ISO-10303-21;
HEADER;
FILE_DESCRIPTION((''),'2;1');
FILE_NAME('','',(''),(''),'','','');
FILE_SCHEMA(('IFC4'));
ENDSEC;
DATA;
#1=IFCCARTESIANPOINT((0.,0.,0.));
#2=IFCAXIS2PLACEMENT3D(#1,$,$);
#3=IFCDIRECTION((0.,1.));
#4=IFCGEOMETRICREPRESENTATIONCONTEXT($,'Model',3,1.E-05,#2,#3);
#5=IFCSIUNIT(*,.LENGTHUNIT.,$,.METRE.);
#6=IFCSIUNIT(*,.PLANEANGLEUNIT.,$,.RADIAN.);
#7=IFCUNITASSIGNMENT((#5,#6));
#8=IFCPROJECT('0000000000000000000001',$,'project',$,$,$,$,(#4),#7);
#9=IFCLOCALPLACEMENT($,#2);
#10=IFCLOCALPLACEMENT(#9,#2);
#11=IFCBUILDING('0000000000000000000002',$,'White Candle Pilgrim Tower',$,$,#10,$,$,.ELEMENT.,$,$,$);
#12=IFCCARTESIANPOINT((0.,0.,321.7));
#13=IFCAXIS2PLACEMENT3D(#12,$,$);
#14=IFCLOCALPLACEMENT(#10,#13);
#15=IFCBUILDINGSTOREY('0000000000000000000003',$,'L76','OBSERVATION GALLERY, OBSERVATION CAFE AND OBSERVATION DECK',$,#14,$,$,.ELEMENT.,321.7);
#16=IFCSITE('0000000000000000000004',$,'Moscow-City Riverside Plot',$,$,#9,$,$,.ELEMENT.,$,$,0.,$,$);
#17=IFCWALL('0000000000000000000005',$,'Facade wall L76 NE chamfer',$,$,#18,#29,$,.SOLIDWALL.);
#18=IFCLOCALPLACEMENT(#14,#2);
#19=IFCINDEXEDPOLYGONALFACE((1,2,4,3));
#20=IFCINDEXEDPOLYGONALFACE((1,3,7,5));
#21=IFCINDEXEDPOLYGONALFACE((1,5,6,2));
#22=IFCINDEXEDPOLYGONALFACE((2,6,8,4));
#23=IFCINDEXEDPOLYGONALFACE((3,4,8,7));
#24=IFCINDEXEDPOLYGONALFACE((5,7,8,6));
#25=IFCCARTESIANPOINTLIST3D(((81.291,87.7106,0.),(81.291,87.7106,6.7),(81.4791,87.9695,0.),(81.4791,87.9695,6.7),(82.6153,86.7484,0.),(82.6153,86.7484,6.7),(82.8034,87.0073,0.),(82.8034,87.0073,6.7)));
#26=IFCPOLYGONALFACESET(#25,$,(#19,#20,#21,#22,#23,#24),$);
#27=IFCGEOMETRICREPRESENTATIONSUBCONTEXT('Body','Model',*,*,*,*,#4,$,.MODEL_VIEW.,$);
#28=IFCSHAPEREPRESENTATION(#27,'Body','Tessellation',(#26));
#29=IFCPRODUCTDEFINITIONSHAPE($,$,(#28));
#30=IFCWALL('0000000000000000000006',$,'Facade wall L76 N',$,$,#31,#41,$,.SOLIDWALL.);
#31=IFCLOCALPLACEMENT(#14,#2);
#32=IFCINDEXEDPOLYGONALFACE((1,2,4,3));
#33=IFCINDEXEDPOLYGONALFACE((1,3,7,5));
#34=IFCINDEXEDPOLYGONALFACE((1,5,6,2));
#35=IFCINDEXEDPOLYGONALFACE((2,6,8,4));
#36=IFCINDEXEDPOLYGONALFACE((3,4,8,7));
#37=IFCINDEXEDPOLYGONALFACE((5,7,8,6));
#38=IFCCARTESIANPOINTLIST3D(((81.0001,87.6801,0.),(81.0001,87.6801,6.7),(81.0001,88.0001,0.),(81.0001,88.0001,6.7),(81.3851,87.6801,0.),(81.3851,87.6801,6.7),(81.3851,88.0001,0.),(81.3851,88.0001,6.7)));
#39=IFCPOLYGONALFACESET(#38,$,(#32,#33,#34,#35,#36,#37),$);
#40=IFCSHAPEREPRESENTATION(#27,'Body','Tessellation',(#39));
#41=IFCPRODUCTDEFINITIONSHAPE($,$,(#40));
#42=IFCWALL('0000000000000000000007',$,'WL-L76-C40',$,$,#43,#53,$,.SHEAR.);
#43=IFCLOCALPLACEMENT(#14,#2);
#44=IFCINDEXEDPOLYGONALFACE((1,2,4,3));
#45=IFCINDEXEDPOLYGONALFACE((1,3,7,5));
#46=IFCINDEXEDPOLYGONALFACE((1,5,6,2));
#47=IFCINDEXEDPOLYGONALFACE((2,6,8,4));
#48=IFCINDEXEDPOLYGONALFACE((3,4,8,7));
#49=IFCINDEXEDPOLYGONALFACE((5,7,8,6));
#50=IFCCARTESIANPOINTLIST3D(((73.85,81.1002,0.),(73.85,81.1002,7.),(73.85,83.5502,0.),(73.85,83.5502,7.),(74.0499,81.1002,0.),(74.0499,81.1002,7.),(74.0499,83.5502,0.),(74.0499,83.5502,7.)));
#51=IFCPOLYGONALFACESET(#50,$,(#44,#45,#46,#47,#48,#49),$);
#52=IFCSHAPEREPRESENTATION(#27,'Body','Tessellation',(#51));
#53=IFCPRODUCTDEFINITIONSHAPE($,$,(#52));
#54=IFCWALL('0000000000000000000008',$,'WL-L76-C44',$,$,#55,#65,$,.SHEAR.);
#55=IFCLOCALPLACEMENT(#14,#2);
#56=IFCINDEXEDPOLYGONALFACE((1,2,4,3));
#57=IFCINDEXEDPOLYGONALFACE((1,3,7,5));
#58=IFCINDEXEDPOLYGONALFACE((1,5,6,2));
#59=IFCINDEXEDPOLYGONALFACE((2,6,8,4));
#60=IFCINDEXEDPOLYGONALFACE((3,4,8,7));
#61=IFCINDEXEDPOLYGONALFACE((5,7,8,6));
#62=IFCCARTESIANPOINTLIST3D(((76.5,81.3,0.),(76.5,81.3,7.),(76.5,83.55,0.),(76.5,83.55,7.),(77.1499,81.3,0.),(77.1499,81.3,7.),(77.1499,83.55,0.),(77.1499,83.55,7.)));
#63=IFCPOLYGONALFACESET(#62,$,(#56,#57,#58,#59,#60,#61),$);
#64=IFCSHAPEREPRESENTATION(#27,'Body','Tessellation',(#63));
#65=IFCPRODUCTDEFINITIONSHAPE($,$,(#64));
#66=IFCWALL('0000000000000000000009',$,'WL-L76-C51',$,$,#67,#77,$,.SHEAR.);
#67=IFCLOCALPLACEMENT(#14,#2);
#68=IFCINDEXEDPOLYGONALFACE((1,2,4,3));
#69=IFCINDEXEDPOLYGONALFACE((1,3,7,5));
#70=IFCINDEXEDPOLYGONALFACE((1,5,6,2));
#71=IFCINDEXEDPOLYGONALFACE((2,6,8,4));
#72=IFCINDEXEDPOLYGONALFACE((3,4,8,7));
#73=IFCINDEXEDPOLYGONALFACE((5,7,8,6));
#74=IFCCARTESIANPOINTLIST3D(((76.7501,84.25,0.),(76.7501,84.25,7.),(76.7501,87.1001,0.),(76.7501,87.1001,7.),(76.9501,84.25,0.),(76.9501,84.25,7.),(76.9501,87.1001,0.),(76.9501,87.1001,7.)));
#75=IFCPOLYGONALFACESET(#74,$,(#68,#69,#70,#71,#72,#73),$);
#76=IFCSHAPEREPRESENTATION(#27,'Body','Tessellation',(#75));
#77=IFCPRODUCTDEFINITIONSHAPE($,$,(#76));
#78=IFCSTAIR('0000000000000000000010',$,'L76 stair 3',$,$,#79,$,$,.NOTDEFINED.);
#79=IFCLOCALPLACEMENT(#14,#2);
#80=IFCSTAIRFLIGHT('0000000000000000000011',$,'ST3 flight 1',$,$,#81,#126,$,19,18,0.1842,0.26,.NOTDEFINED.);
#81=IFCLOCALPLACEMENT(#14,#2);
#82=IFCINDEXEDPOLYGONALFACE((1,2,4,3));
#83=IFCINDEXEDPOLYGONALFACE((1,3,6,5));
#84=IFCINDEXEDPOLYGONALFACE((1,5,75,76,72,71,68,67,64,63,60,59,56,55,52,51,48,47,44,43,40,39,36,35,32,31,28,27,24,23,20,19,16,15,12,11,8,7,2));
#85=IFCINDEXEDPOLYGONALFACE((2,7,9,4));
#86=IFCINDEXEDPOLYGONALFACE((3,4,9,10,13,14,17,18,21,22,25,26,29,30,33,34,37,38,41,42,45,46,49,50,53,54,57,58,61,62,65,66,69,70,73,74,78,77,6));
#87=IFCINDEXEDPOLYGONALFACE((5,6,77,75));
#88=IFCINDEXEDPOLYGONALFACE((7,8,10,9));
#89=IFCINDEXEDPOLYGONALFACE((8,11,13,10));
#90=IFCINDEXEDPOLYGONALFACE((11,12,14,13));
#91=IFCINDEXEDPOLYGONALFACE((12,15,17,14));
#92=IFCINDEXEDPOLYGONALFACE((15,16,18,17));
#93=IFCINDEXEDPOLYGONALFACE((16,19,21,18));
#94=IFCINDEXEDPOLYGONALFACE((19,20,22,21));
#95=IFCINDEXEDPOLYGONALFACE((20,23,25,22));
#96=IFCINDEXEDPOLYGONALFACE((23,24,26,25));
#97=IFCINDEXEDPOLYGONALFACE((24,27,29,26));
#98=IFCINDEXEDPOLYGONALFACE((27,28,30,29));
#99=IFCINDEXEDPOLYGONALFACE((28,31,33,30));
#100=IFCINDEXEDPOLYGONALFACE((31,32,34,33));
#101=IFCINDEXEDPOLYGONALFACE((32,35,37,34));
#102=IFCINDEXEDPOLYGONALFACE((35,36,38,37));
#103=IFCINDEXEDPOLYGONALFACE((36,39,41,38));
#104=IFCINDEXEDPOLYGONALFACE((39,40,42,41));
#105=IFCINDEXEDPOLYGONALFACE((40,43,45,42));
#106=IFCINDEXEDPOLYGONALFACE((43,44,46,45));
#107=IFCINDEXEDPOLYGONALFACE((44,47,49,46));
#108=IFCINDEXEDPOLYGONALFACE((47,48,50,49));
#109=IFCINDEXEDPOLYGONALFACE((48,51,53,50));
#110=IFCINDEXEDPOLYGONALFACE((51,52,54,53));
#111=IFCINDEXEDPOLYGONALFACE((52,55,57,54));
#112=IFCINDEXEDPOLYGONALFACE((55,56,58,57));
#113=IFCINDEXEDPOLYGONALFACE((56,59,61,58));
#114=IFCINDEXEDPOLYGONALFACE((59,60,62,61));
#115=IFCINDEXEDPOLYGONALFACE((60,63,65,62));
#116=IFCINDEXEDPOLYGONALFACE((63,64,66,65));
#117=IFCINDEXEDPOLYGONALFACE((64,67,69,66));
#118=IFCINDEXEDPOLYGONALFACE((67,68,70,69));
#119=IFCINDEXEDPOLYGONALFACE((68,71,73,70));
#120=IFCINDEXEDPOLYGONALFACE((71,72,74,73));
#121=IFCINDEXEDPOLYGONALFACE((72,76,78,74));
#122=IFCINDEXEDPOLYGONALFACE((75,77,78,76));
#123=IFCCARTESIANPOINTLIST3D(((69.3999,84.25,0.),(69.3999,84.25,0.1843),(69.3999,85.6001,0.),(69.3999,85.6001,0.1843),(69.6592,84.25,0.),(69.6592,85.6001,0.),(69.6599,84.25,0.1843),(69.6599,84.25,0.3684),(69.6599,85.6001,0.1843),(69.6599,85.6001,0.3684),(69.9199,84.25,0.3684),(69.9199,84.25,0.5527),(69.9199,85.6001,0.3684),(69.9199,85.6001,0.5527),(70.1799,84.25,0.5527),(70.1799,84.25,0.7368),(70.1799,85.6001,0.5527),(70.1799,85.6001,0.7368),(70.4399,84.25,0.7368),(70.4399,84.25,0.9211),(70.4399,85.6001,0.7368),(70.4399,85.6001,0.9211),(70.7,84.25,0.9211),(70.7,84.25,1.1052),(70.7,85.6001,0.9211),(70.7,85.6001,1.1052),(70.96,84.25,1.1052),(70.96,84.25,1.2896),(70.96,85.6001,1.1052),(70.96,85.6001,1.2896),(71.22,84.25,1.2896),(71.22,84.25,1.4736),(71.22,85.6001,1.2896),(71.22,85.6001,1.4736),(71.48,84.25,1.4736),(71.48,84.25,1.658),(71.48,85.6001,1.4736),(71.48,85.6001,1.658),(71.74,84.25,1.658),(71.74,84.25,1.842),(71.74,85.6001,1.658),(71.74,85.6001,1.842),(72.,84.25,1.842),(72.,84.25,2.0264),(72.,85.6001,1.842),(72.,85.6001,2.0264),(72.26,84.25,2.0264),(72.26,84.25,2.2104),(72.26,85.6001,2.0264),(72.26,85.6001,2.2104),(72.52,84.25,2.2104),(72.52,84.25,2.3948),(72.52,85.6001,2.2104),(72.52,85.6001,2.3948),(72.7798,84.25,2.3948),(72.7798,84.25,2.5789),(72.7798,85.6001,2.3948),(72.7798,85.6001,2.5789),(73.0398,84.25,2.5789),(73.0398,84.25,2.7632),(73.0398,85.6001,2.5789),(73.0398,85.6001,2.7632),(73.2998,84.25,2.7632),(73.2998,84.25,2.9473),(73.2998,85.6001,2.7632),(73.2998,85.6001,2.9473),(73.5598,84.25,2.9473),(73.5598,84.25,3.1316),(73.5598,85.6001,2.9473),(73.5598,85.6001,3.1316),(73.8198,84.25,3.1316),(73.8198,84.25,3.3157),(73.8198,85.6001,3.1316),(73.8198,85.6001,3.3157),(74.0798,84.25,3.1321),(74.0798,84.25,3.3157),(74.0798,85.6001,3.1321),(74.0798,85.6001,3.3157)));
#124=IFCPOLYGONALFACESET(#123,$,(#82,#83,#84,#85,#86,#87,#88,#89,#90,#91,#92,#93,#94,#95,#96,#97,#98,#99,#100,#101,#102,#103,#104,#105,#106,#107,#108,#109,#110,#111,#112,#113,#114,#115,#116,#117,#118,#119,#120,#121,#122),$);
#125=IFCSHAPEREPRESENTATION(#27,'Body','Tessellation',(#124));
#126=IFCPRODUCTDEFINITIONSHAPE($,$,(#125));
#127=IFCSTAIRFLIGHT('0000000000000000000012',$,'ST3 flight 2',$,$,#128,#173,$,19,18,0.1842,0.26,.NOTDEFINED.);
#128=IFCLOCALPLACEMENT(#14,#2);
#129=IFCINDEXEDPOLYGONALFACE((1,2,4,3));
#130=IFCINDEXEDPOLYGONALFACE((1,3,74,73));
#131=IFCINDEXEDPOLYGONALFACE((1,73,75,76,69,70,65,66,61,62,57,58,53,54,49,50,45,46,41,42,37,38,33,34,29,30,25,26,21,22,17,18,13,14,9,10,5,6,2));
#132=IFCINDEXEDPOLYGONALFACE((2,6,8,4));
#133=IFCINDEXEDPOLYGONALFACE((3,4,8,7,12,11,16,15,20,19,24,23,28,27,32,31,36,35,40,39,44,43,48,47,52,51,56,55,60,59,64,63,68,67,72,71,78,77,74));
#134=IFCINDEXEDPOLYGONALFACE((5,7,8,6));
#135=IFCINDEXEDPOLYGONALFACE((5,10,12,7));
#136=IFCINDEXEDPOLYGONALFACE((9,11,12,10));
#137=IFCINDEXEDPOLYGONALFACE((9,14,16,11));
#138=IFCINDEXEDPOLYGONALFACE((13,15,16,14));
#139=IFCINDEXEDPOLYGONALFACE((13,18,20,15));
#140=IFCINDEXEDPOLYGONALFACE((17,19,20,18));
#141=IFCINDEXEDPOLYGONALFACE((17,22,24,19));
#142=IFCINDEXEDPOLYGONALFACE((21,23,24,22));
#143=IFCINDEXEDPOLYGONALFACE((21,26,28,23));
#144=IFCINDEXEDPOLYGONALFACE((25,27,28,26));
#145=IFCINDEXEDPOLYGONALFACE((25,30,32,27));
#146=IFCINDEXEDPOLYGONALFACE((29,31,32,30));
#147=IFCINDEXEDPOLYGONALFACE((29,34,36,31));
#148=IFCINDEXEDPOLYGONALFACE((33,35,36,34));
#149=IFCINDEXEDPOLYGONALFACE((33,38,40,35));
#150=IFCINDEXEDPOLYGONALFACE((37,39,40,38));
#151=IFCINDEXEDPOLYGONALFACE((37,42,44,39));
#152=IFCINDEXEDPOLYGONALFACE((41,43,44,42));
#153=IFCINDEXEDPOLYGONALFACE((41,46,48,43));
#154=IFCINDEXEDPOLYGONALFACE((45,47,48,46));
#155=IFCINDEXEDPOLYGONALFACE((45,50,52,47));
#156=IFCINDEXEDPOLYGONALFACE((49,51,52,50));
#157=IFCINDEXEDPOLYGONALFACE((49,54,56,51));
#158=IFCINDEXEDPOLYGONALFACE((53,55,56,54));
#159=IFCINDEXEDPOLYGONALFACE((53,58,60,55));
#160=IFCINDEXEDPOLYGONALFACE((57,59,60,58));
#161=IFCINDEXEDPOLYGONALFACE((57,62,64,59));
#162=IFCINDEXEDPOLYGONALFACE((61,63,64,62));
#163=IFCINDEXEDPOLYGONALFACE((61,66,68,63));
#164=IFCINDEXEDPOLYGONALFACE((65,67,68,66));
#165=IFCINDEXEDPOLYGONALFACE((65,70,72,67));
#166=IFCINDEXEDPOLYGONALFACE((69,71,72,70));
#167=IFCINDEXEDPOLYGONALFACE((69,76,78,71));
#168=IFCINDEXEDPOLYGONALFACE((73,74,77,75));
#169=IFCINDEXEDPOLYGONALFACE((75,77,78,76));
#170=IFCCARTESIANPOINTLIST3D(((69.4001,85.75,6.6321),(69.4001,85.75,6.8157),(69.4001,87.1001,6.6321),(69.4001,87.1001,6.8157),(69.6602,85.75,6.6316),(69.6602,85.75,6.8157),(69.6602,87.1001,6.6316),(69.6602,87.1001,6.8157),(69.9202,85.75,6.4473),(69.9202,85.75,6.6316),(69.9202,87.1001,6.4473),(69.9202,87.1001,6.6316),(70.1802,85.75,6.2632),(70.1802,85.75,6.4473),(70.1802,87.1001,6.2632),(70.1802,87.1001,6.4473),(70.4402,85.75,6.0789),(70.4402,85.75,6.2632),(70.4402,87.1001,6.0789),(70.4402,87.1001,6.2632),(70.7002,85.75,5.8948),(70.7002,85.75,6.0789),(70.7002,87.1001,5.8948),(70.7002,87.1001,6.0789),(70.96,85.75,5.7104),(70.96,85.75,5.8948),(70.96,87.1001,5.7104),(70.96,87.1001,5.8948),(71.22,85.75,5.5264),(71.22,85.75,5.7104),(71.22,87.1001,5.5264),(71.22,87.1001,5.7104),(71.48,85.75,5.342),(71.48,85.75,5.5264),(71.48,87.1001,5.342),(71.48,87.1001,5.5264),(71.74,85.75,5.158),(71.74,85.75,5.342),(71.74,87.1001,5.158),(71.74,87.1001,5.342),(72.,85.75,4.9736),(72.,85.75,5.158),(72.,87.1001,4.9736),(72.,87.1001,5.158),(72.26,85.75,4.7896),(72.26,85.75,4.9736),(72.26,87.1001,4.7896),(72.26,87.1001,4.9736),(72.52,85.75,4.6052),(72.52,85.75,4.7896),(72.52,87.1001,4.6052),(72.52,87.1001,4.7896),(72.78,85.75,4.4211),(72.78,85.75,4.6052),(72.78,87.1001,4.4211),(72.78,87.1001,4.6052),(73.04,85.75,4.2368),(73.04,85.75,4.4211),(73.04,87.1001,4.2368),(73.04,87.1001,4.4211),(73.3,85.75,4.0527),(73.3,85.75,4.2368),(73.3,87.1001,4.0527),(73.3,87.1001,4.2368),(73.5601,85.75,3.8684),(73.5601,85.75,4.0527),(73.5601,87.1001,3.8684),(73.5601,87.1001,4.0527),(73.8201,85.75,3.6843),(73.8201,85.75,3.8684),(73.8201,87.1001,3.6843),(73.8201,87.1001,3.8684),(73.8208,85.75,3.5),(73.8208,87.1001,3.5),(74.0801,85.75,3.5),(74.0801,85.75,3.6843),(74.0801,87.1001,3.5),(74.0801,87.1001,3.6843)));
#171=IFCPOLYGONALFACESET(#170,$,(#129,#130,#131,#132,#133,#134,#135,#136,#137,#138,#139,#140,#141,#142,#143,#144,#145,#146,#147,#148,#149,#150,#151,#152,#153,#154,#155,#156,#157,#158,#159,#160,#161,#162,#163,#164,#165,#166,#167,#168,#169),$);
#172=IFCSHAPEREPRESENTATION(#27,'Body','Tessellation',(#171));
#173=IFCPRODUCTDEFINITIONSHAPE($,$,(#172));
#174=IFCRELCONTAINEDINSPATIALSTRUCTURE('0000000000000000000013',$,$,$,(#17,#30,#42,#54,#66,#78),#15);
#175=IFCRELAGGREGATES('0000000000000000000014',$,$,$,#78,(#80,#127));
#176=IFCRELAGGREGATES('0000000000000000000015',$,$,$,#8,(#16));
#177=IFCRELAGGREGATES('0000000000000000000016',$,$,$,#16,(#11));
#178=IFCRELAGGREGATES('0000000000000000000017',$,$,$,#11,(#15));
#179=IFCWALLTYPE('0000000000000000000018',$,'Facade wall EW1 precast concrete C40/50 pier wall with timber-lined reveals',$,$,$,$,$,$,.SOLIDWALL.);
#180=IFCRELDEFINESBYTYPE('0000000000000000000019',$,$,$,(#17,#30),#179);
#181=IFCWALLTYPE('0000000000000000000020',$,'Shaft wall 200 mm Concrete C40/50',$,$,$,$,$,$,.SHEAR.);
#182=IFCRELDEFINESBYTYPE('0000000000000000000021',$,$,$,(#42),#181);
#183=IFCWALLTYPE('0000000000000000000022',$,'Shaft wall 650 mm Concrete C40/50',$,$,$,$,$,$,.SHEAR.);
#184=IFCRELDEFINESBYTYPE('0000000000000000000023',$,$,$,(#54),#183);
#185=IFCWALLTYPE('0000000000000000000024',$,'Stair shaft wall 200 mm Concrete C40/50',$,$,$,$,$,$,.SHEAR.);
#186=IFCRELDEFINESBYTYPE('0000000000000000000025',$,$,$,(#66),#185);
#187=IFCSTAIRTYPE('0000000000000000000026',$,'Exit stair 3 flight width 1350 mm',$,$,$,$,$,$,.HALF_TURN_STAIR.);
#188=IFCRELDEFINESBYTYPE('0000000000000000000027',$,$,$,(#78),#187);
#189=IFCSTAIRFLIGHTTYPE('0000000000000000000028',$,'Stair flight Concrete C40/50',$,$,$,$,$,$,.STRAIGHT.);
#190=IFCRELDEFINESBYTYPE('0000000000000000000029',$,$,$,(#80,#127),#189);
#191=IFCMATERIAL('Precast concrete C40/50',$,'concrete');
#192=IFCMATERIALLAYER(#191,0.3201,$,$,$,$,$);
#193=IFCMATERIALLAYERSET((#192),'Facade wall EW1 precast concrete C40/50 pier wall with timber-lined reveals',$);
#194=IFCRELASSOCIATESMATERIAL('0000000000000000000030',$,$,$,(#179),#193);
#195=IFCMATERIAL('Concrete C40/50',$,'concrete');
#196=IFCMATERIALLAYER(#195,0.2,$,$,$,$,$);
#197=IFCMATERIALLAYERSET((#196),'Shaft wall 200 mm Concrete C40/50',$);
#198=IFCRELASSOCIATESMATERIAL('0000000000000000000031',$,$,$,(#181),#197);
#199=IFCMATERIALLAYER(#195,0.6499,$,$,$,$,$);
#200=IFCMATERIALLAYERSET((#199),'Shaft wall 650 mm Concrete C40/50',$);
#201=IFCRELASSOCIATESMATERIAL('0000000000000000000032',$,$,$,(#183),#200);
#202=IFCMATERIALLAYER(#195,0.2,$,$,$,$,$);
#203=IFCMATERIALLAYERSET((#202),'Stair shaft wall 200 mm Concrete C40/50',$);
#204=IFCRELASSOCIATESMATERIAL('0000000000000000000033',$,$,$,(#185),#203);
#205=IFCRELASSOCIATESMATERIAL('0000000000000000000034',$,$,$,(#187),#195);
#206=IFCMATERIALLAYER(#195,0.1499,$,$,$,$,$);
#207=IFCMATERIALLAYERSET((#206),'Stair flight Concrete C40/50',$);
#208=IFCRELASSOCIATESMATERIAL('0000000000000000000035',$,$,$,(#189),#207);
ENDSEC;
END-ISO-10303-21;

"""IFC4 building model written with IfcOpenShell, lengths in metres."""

from ifc_helpers import new_model, si_unit, direction, frame, frame_2d, origin, place, context, subcontext, project, spatial, polyline, rectangle, outline, extrude, material, layer, layer_set, type_object, element, aggregate, save


model = new_model("IFC4")

# Units and contexts
model_context = context("Model", 3, precision=1e-05, world=origin(), true_north=direction((0.0, 1.0)))
body_context = subcontext(model_context, "Body", "Model", "MODEL_VIEW")
ifc_project = project(units=[si_unit("LENGTHUNIT", "METRE"), si_unit("PLANEANGLEUNIT", "RADIAN")], contexts=[model_context])

# Site, building, storey
site_placement = place(None, origin())
site = spatial("IfcSite", under=ifc_project, at=site_placement, Name="Moscow-City Riverside Plot", CompositionType="ELEMENT", RefElevation=0.0)
building_placement = place(site_placement, origin())
building = spatial("IfcBuilding", under=site, at=building_placement, Name="White Candle Pilgrim Tower", CompositionType="ELEMENT")
storey_placement = place(building_placement, frame((0.0, 0.0, 321.7)))
storey = spatial("IfcBuildingStorey", under=building, at=storey_placement, Name="L76", Description="OBSERVATION GALLERY, OBSERVATION CAFE AND OBSERVATION DECK", CompositionType="ELEMENT", Elevation=321.7)

# Shared definitions
ifc_material_1 = material(Name="Concrete C40/50", Category="concrete")

# Walls
ifc_material_2 = material(Name="Precast concrete C40/50", Category="concrete")
ifc_layer_1 = layer(ifc_material_2, 0.3201)
ifc_layer_set_1 = layer_set([ifc_layer_1], Name="Facade wall EW1 precast concrete C40/50 pier wall with timber-lined reveals")
wall_type_1 = type_object("IfcWallType", Name="Facade wall EW1 precast concrete C40/50 pier wall with timber-lined reveals", PredefinedType="SOLIDWALL", material=ifc_layer_set_1)
wall_1_placement = place(storey_placement, frame((82.7092, 86.8779, 0.0), z_axis=(0.0, 0.0, 1.0), x_axis=(-0.809, 0.587808, 0.0)))
element("IfcWall", 1, at=wall_1_placement, inside=storey, type_object=wall_type_1, Name="Facade wall L76 NE chamfer", PredefinedType="SOLIDWALL", context=body_context, shape_type="SweptSolid", body=[
    extrude(rectangle(XDim=1.637, YDim=0.3201, at=frame_2d((0.8184, 0.0))), origin(), (0.0, 0.0, 1.0), 6.7),
])
wall_2_placement = place(storey_placement, frame((81.385, 87.8401, 0.0), z_axis=(0.0, 0.0, 1.0), x_axis=(-1.0, 0.0, 0.0)))
element("IfcWall", 2, at=wall_2_placement, inside=storey, type_object=wall_type_1, Name="Facade wall L76 N", PredefinedType="SOLIDWALL", context=body_context, shape_type="SweptSolid", body=[
    extrude(rectangle(XDim=0.385, YDim=0.3201, at=frame_2d((0.1924, 0.0))), origin(), (0.0, 0.0, 1.0), 6.7),
])
ifc_layer_2 = layer(ifc_material_1, 0.2)
ifc_layer_set_2 = layer_set([ifc_layer_2], Name="Shaft wall 200 mm Concrete C40/50")
wall_type_2 = type_object("IfcWallType", Name="Shaft wall 200 mm Concrete C40/50", PredefinedType="SHEAR", material=ifc_layer_set_2)
wall_3_placement = place(storey_placement, frame((73.95, 81.1001, 0.0), z_axis=(0.0, 0.0, 1.0), x_axis=(0.0, 1.0, 0.0)))
element("IfcWall", 3, at=wall_3_placement, inside=storey, type_object=wall_type_2, Name="WL-L76-C40", PredefinedType="SHEAR", context=body_context, shape_type="SweptSolid", body=[
    extrude(rectangle(XDim=2.45, YDim=0.2, at=frame_2d((1.2251, 0.0))), origin(), (0.0, 0.0, 1.0), 7.0),
])
ifc_layer_3 = layer(ifc_material_1, 0.6499)
ifc_layer_set_3 = layer_set([ifc_layer_3], Name="Shaft wall 650 mm Concrete C40/50")
wall_type_3 = type_object("IfcWallType", Name="Shaft wall 650 mm Concrete C40/50", PredefinedType="SHEAR", material=ifc_layer_set_3)
wall_4_placement = place(storey_placement, frame((76.825, 81.3, 0.0), z_axis=(0.0, 0.0, 1.0), x_axis=(0.0, 1.0, 0.0)))
element("IfcWall", 4, at=wall_4_placement, inside=storey, type_object=wall_type_3, Name="WL-L76-C44", PredefinedType="SHEAR", context=body_context, shape_type="SweptSolid", body=[
    extrude(rectangle(XDim=2.25, YDim=0.6499, at=frame_2d((1.125, 0.0))), origin(), (0.0, 0.0, 1.0), 7.0),
])
ifc_layer_4 = layer(ifc_material_1, 0.2)
ifc_layer_set_4 = layer_set([ifc_layer_4], Name="Stair shaft wall 200 mm Concrete C40/50")
wall_type_4 = type_object("IfcWallType", Name="Stair shaft wall 200 mm Concrete C40/50", PredefinedType="SHEAR", material=ifc_layer_set_4)
wall_5_placement = place(storey_placement, frame((76.8501, 84.25, 0.0), z_axis=(0.0, 0.0, 1.0), x_axis=(0.0, 1.0, 0.0)))
element("IfcWall", 5, at=wall_5_placement, inside=storey, type_object=wall_type_4, Name="WL-L76-C51", PredefinedType="SHEAR", context=body_context, shape_type="SweptSolid", body=[
    extrude(rectangle(XDim=2.8501, YDim=0.2, at=frame_2d((1.425, 0.0))), origin(), (0.0, 0.0, 1.0), 7.0),
])

# Stair, stair flights
stair_type = type_object("IfcStairType", Name="Exit stair 3 flight width 1350 mm", PredefinedType="HALF_TURN_STAIR", material=ifc_material_1)
stair_placement = place(storey_placement, origin())
stair = element("IfcStair", 6, at=stair_placement, inside=storey, type_object=stair_type, Name="L76 stair 3", PredefinedType="NOTDEFINED")
ifc_layer_5 = layer(ifc_material_1, 0.1499)
ifc_layer_set_5 = layer_set([ifc_layer_5], Name="Stair flight Concrete C40/50")
stair_flight_type = type_object("IfcStairFlightType", Name="Stair flight Concrete C40/50", PredefinedType="STRAIGHT", material=ifc_layer_set_5)
stair_flight_1_placement = place(storey_placement, frame((69.3999, 84.925, 0.0), z_axis=(0.0, 0.0, 1.0), x_axis=(1.0, 0.0, 0.0)))
stair_flight_1 = element("IfcStairFlight", 7, at=stair_flight_1_placement, type_object=stair_flight_type, Name="ST3 flight 1", NumberOfRisers=19, NumberOfTreads=18, PredefinedType="NOTDEFINED", RiserHeight=0.1842, TreadLength=0.26, context=body_context, shape_type="SweptSolid", body=[
    extrude(outline(polyline([(0.0, 0.0), (0.0, 0.1843), (0.26, 0.1843), (0.26, 0.3684), (0.52, 0.3684), (0.52, 0.5527), (0.78, 0.5527), (0.78, 0.7368), (1.04, 0.7368), (1.04, 0.9211), (1.3, 0.9211), (1.3, 1.1052), (1.5601, 1.1052), (1.5601, 1.2896), (1.8201, 1.2896), (1.8201, 1.4736), (2.0801, 1.4736), (2.0801, 1.658), (2.3401, 1.658), (2.3401, 1.842), (2.6001, 1.842), (2.6001, 2.0264), (2.8601, 2.0264), (2.8601, 2.2104), (3.1201, 2.2104), (3.1201, 2.3948), (3.3799, 2.3948), (3.3799, 2.5789), (3.6399, 2.5789), (3.6399, 2.7632), (3.8999, 2.7632), (3.8999, 2.9473), (4.1599, 2.9473), (4.1599, 3.1316), (4.4199, 3.1316), (4.4199, 3.3157), (4.6799, 3.3157), (4.6799, 3.5), (4.6799, 3.1321), (0.2593, 0.0), (0.0, 0.0)])), frame((0.0, 0.675, 0.0), z_axis=(0.0, -1.0, 0.0), x_axis=(1.0, 0.0, 0.0)), (0.0, 0.0, 1.0), 1.3501),
])
stair_flight_2_placement = place(storey_placement, frame((74.0801, 86.425, 3.5), z_axis=(0.0, 0.0, 1.0), x_axis=(-1.0, 0.0, 0.0)))
stair_flight_2 = element("IfcStairFlight", 8, at=stair_flight_2_placement, type_object=stair_flight_type, Name="ST3 flight 2", NumberOfRisers=19, NumberOfTreads=18, PredefinedType="NOTDEFINED", RiserHeight=0.1842, TreadLength=0.26, context=body_context, shape_type="SweptSolid", body=[
    extrude(outline(polyline([(0.0, 0.0), (0.0, 0.1843), (0.26, 0.1843), (0.26, 0.3684), (0.52, 0.3684), (0.52, 0.5527), (0.78, 0.5527), (0.78, 0.7368), (1.04, 0.7368), (1.04, 0.9211), (1.3, 0.9211), (1.3, 1.1052), (1.5601, 1.1052), (1.5601, 1.2896), (1.8201, 1.2896), (1.8201, 1.4736), (2.0801, 1.4736), (2.0801, 1.658), (2.3401, 1.658), (2.3401, 1.842), (2.6001, 1.842), (2.6001, 2.0264), (2.8601, 2.0264), (2.8601, 2.2104), (3.1201, 2.2104), (3.1201, 2.3948), (3.3799, 2.3948), (3.3799, 2.5789), (3.6399, 2.5789), (3.6399, 2.7632), (3.8999, 2.7632), (3.8999, 2.9473), (4.1599, 2.9473), (4.1599, 3.1316), (4.4199, 3.1316), (4.4199, 3.3157), (4.6799, 3.3157), (4.6799, 3.5), (4.6799, 3.1321), (0.2593, 0.0), (0.0, 0.0)])), frame((0.0, 0.675, 0.0), z_axis=(0.0, -1.0, 0.0), x_axis=(1.0, 0.0, 0.0)), (0.0, 0.0, 1.0), 1.3501),
])
aggregate(stair, [stair_flight_1, stair_flight_2])

save(model, "model.ifc")
